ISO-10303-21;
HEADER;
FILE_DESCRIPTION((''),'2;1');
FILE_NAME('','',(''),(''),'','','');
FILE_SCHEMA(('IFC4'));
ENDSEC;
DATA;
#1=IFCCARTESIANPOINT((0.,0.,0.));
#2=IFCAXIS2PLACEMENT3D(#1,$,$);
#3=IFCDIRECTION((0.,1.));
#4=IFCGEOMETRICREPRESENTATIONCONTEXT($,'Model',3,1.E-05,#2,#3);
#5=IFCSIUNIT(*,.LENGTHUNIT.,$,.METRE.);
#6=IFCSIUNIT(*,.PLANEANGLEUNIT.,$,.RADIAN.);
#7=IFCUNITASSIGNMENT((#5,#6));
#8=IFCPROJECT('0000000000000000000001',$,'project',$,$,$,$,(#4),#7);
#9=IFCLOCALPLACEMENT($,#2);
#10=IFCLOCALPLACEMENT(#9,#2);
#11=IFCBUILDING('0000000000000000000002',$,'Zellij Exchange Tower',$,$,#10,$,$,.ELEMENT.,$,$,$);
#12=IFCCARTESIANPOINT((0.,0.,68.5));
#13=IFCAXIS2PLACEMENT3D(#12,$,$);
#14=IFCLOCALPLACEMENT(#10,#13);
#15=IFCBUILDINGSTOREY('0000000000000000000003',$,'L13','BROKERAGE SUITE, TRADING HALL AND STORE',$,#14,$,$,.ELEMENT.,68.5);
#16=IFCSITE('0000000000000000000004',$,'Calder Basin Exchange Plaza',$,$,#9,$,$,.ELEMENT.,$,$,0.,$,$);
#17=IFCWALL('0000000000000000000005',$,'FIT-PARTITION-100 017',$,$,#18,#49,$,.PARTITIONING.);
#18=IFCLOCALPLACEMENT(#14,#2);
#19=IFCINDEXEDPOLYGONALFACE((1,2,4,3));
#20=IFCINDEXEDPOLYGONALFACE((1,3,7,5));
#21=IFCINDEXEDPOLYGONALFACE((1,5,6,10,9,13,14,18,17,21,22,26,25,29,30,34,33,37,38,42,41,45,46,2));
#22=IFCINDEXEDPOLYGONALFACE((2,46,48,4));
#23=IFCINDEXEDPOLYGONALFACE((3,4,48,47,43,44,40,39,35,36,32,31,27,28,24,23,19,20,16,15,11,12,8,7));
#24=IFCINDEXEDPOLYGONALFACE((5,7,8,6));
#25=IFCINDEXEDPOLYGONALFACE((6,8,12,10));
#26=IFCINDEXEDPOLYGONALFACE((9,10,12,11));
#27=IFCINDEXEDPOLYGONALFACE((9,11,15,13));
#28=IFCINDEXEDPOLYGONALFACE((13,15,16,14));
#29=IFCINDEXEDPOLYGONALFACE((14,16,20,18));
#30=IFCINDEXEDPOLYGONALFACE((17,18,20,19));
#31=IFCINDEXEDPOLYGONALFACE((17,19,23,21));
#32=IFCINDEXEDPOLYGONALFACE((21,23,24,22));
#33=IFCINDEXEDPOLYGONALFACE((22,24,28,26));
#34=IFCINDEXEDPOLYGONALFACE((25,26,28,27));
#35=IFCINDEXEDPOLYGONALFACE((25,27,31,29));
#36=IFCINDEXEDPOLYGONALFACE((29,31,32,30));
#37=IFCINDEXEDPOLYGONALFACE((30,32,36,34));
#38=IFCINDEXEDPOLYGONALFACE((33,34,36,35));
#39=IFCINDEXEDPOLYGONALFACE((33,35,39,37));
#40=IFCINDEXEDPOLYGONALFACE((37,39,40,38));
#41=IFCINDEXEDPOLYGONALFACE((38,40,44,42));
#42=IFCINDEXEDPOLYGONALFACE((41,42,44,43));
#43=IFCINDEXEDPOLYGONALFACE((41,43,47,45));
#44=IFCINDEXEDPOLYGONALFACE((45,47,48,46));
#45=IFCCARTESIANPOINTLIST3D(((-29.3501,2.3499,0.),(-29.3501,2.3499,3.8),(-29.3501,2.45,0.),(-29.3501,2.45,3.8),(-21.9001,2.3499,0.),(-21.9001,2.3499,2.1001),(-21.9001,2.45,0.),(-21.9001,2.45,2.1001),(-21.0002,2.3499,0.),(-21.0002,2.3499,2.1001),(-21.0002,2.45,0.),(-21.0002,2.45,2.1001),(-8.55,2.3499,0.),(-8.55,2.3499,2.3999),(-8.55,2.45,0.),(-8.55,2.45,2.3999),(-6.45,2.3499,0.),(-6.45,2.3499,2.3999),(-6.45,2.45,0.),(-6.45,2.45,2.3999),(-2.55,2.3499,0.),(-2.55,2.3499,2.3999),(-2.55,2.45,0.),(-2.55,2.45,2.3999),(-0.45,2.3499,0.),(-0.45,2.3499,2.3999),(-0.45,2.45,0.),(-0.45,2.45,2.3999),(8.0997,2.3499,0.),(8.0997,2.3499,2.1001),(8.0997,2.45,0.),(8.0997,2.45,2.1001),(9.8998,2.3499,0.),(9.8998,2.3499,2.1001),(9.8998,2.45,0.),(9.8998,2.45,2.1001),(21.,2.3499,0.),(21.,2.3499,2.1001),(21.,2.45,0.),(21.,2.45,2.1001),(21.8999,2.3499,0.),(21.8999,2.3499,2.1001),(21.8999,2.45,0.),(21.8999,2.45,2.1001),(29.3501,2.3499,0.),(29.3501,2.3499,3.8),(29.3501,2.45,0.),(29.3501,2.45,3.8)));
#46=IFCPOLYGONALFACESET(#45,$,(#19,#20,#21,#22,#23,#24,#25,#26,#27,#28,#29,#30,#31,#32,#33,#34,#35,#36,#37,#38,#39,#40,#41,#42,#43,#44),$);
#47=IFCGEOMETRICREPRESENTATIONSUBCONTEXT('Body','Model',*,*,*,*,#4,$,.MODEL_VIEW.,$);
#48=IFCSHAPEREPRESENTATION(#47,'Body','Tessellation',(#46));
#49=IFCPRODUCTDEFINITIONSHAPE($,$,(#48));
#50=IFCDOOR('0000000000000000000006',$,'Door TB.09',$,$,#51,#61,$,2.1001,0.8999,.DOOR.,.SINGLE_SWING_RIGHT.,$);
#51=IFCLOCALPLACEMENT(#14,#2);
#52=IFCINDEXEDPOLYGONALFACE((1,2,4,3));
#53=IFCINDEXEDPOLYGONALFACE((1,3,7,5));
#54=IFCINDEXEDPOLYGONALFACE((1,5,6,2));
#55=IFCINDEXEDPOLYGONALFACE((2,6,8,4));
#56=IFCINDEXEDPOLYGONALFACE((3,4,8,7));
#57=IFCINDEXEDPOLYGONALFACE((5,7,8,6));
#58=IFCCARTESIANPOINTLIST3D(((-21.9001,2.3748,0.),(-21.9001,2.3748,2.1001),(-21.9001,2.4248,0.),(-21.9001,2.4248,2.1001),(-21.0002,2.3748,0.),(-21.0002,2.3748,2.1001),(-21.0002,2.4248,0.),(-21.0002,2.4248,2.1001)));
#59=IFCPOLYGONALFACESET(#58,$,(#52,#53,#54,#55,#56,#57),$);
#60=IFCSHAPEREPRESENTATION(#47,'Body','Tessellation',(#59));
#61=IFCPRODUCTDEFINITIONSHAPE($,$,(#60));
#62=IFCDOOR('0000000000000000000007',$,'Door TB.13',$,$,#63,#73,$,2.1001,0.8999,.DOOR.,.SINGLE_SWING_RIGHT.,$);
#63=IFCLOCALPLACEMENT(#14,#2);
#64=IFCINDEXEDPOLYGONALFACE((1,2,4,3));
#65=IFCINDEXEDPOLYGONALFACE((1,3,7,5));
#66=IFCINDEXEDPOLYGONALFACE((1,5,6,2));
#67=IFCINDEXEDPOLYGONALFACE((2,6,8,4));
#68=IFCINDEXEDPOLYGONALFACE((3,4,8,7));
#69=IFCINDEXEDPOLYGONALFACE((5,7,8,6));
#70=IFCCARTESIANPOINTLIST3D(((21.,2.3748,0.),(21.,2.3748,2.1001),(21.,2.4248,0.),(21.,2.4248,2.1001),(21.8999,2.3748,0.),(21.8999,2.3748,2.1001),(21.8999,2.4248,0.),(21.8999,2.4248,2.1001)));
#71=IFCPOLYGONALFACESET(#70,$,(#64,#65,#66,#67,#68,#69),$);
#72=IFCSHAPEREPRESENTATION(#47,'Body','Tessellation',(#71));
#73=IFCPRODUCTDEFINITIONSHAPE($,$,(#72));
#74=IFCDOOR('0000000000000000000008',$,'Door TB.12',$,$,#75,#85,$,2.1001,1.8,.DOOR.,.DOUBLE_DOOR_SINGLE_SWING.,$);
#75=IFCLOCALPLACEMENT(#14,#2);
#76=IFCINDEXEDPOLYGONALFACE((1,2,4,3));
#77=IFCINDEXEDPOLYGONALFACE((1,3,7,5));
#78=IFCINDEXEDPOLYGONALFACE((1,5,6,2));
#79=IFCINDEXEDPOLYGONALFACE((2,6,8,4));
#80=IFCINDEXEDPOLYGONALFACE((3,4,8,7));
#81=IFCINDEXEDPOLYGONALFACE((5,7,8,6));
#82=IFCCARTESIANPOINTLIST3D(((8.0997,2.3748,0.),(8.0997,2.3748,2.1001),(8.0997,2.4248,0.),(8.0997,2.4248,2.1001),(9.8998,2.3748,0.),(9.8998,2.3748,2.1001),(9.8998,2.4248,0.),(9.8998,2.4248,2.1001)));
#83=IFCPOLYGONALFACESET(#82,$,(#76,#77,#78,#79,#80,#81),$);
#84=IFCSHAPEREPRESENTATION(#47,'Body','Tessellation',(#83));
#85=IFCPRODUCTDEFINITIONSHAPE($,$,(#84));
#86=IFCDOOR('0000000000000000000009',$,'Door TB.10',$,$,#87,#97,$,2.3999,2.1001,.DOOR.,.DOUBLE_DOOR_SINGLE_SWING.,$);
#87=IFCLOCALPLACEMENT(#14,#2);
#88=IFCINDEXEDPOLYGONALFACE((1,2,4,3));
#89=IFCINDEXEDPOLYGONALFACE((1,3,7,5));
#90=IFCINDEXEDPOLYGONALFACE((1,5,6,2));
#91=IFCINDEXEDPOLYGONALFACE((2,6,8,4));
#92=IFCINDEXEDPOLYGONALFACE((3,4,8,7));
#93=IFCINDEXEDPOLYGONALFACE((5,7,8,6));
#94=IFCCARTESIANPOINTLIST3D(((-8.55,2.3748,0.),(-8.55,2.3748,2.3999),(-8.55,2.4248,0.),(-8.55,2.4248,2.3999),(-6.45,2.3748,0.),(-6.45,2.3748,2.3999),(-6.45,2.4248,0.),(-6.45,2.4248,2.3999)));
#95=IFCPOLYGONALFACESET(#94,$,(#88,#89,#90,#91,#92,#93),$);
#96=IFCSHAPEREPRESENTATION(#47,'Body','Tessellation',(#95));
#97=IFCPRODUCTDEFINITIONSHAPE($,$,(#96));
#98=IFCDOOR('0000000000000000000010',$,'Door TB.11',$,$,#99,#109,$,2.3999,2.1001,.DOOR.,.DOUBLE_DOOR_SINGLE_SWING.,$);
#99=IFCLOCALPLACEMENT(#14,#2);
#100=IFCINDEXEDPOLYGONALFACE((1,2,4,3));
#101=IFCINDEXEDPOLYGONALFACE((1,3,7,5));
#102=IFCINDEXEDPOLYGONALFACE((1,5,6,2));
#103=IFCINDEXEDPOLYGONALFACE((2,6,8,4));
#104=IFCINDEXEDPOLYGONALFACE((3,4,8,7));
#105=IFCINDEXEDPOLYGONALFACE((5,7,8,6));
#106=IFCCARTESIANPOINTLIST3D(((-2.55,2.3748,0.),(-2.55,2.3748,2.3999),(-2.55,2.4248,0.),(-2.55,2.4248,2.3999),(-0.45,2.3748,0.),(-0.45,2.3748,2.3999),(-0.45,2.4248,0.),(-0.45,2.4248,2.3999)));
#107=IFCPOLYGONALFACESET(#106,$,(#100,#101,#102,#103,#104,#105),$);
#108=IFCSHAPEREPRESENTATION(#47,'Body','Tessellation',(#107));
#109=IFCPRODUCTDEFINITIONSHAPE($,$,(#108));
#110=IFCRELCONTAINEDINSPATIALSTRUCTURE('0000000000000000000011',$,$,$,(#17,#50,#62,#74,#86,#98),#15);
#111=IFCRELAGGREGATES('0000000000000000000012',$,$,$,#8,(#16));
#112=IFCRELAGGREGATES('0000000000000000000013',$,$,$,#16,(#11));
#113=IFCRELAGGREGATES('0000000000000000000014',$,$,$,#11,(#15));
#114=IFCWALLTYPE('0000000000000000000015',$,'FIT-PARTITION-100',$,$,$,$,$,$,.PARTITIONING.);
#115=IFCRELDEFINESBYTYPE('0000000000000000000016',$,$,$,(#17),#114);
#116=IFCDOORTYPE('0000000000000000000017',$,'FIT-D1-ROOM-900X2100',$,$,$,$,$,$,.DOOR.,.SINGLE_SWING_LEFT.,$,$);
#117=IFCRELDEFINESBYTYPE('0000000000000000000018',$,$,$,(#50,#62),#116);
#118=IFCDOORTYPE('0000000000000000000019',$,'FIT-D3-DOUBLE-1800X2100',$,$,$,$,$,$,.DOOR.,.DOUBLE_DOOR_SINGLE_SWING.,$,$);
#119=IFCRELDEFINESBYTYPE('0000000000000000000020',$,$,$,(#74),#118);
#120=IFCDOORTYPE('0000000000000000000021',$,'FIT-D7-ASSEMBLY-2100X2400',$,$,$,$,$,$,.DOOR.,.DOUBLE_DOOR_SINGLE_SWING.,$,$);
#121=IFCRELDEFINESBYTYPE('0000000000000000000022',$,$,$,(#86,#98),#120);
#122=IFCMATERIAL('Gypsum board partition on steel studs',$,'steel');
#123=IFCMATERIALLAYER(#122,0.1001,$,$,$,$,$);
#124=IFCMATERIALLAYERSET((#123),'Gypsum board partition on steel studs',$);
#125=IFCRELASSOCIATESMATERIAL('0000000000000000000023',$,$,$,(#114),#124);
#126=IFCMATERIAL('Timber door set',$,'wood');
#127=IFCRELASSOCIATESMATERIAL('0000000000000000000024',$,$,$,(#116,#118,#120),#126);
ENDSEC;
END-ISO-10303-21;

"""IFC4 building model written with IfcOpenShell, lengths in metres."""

from ifc_helpers import new_model, si_unit, direction, frame, frame_2d, origin, place, context, subcontext, project, spatial, rectangle, extrude, material, layer, layer_set, type_object, element, fill, save


model = new_model("IFC4")

# Units and contexts
model_context = context("Model", 3, precision=1e-05, world=origin(), true_north=direction((0.0, 1.0)))
body_context = subcontext(model_context, "Body", "Model", "MODEL_VIEW")
ifc_project = project(units=[si_unit("LENGTHUNIT", "METRE"), si_unit("PLANEANGLEUNIT", "RADIAN")], contexts=[model_context])

# Site, building, storey
site_placement = place(None, origin())
site = spatial("IfcSite", under=ifc_project, at=site_placement, Name="Calder Basin Exchange Plaza", CompositionType="ELEMENT", RefElevation=0.0)
building_placement = place(site_placement, origin())
building = spatial("IfcBuilding", under=site, at=building_placement, Name="Zellij Exchange Tower", CompositionType="ELEMENT")
storey_placement = place(building_placement, frame((0.0, 0.0, 68.5)))
storey = spatial("IfcBuildingStorey", under=building, at=storey_placement, Name="L13", Description="BROKERAGE SUITE, TRADING HALL AND STORE", CompositionType="ELEMENT", Elevation=68.5)

# Shared definitions
ifc_material_1 = material(Name="Gypsum board partition on steel studs", Category="steel")
ifc_layer_1 = layer(ifc_material_1, 0.1001)
ifc_layer_set_1 = layer_set([ifc_layer_1], Name="Gypsum board partition on steel studs")
wall_type_1 = type_object("IfcWallType", Name="FIT-PARTITION-100", PredefinedType="PARTITIONING", material=ifc_layer_set_1)

# Wall, openings, doors
wall_1_placement = place(storey_placement, frame((-29.3501, 2.3999, 0.0), z_axis=(0.0, 0.0, 1.0), x_axis=(1.0, 0.0, 0.0)))
wall_1 = element("IfcWall", 1, at=wall_1_placement, inside=storey, type_object=wall_type_1, Name="FIT-PARTITION-100 017", PredefinedType="PARTITIONING", context=body_context, shape_type="SweptSolid", body=[
    extrude(rectangle(XDim=58.7002, YDim=0.1001, at=frame_2d((29.3501, 0.0))), origin(), (0.0, 0.0, 1.0), 3.8),
])
opening_1_placement = place(wall_1_placement, frame((7.45, 0.0, 0.0)))
opening_1 = element("IfcOpeningElement", 2, at=opening_1_placement, cuts=wall_1, PredefinedType="OPENING", context=body_context, shape_type="SweptSolid", body=[
    extrude(rectangle(XDim=0.8999, YDim=2.1001, at=frame_2d((0.45, 1.05))), frame((0.0, 0.062, 0.0), z_axis=(0.0, -1.0, 0.0), x_axis=(1.0, 0.0, 0.0)), (0.0, 0.0, 1.0), 0.124),
])
opening_2_placement = place(wall_1_placement, frame((20.8, 0.0, 0.0)))
opening_2 = element("IfcOpeningElement", 3, at=opening_2_placement, cuts=wall_1, PredefinedType="OPENING", context=body_context, shape_type="SweptSolid", body=[
    extrude(rectangle(XDim=2.1001, YDim=2.3999, at=frame_2d((1.05, 1.2))), frame((0.0, 0.062, 0.0), z_axis=(0.0, -1.0, 0.0), x_axis=(1.0, 0.0, 0.0)), (0.0, 0.0, 1.0), 0.124),
])
opening_3_placement = place(wall_1_placement, frame((26.8, 0.0, 0.0)))
opening_3 = element("IfcOpeningElement", 4, at=opening_3_placement, cuts=wall_1, PredefinedType="OPENING", context=body_context, shape_type="SweptSolid", body=[
    extrude(rectangle(XDim=2.1001, YDim=2.3999, at=frame_2d((1.05, 1.2))), frame((0.0, 0.062, 0.0), z_axis=(0.0, -1.0, 0.0), x_axis=(1.0, 0.0, 0.0)), (0.0, 0.0, 1.0), 0.124),
])
opening_4_placement = place(wall_1_placement, frame((37.45, 0.0, 0.0)))
opening_4 = element("IfcOpeningElement", 5, at=opening_4_placement, cuts=wall_1, PredefinedType="OPENING", context=body_context, shape_type="SweptSolid", body=[
    extrude(rectangle(XDim=1.8, YDim=2.1001, at=frame_2d((0.8999, 1.05))), frame((0.0, 0.062, 0.0), z_axis=(0.0, -1.0, 0.0), x_axis=(1.0, 0.0, 0.0)), (0.0, 0.0, 1.0), 0.124),
])
opening_5_placement = place(wall_1_placement, frame((50.3501, 0.0, 0.0)))
opening_5 = element("IfcOpeningElement", 6, at=opening_5_placement, cuts=wall_1, PredefinedType="OPENING", context=body_context, shape_type="SweptSolid", body=[
    extrude(rectangle(XDim=0.8999, YDim=2.1001, at=frame_2d((0.45, 1.05))), frame((0.0, 0.062, 0.0), z_axis=(0.0, -1.0, 0.0), x_axis=(1.0, 0.0, 0.0)), (0.0, 0.0, 1.0), 0.124),
])
ifc_material_2 = material(Name="Timber door set", Category="wood")
door_type_1 = type_object("IfcDoorType", Name="FIT-D1-ROOM-900X2100", OperationType="SINGLE_SWING_LEFT", PredefinedType="DOOR", material=ifc_material_2)
door_1_placement = place(opening_1_placement, origin())
door_1 = element("IfcDoor", 7, at=door_1_placement, inside=storey, type_object=door_type_1, Name="Door TB.09", OperationType="SINGLE_SWING_RIGHT", OverallHeight=2.1001, OverallWidth=0.8999, PredefinedType="DOOR", context=body_context, shape_type="SweptSolid", body=[
    extrude(rectangle(XDim=0.8999, YDim=2.1001, at=frame_2d((0.45, 1.05))), frame((0.0, 0.0249, 0.0), z_axis=(0.0, -1.0, 0.0), x_axis=(1.0, 0.0, 0.0)), (0.0, 0.0, 1.0), 0.05),
])
fill(opening_1, door_1)
door_2_placement = place(opening_5_placement, origin())
door_2 = element("IfcDoor", 8, at=door_2_placement, inside=storey, type_object=door_type_1, Name="Door TB.13", OperationType="SINGLE_SWING_RIGHT", OverallHeight=2.1001, OverallWidth=0.8999, PredefinedType="DOOR", context=body_context, shape_type="SweptSolid", body=[
    extrude(rectangle(XDim=0.8999, YDim=2.1001, at=frame_2d((0.45, 1.05))), frame((0.0, 0.0249, 0.0), z_axis=(0.0, -1.0, 0.0), x_axis=(1.0, 0.0, 0.0)), (0.0, 0.0, 1.0), 0.05),
])
fill(opening_5, door_2)
door_type_2 = type_object("IfcDoorType", Name="FIT-D3-DOUBLE-1800X2100", OperationType="DOUBLE_DOOR_SINGLE_SWING", PredefinedType="DOOR", material=ifc_material_2)
door_3_placement = place(opening_4_placement, origin())
door_3 = element("IfcDoor", 9, at=door_3_placement, inside=storey, type_object=door_type_2, Name="Door TB.12", OperationType="DOUBLE_DOOR_SINGLE_SWING", OverallHeight=2.1001, OverallWidth=1.8, PredefinedType="DOOR", context=body_context, shape_type="SweptSolid", body=[
    extrude(rectangle(XDim=1.8, YDim=2.1001, at=frame_2d((0.8999, 1.05))), frame((0.0, 0.0249, 0.0), z_axis=(0.0, -1.0, 0.0), x_axis=(1.0, 0.0, 0.0)), (0.0, 0.0, 1.0), 0.05),
])
fill(opening_4, door_3)
door_type_3 = type_object("IfcDoorType", Name="FIT-D7-ASSEMBLY-2100X2400", OperationType="DOUBLE_DOOR_SINGLE_SWING", PredefinedType="DOOR", material=ifc_material_2)
door_4_placement = place(opening_2_placement, origin())
door_4 = element("IfcDoor", 10, at=door_4_placement, inside=storey, type_object=door_type_3, Name="Door TB.10", OperationType="DOUBLE_DOOR_SINGLE_SWING", OverallHeight=2.3999, OverallWidth=2.1001, PredefinedType="DOOR", context=body_context, shape_type="SweptSolid", body=[
    extrude(rectangle(XDim=2.1001, YDim=2.3999, at=frame_2d((1.05, 1.2))), frame((0.0, 0.0249, 0.0), z_axis=(0.0, -1.0, 0.0), x_axis=(1.0, 0.0, 0.0)), (0.0, 0.0, 1.0), 0.05),
])
fill(opening_2, door_4)
door_5_placement = place(opening_3_placement, origin())
door_5 = element("IfcDoor", 11, at=door_5_placement, inside=storey, type_object=door_type_3, Name="Door TB.11", OperationType="DOUBLE_DOOR_SINGLE_SWING", OverallHeight=2.3999, OverallWidth=2.1001, PredefinedType="DOOR", context=body_context, shape_type="SweptSolid", body=[
    extrude(rectangle(XDim=2.1001, YDim=2.3999, at=frame_2d((1.05, 1.2))), frame((0.0, 0.0249, 0.0), z_axis=(0.0, -1.0, 0.0), x_axis=(1.0, 0.0, 0.0)), (0.0, 0.0, 1.0), 0.05),
])
fill(opening_3, door_5)

save(model, "model.ifc")
